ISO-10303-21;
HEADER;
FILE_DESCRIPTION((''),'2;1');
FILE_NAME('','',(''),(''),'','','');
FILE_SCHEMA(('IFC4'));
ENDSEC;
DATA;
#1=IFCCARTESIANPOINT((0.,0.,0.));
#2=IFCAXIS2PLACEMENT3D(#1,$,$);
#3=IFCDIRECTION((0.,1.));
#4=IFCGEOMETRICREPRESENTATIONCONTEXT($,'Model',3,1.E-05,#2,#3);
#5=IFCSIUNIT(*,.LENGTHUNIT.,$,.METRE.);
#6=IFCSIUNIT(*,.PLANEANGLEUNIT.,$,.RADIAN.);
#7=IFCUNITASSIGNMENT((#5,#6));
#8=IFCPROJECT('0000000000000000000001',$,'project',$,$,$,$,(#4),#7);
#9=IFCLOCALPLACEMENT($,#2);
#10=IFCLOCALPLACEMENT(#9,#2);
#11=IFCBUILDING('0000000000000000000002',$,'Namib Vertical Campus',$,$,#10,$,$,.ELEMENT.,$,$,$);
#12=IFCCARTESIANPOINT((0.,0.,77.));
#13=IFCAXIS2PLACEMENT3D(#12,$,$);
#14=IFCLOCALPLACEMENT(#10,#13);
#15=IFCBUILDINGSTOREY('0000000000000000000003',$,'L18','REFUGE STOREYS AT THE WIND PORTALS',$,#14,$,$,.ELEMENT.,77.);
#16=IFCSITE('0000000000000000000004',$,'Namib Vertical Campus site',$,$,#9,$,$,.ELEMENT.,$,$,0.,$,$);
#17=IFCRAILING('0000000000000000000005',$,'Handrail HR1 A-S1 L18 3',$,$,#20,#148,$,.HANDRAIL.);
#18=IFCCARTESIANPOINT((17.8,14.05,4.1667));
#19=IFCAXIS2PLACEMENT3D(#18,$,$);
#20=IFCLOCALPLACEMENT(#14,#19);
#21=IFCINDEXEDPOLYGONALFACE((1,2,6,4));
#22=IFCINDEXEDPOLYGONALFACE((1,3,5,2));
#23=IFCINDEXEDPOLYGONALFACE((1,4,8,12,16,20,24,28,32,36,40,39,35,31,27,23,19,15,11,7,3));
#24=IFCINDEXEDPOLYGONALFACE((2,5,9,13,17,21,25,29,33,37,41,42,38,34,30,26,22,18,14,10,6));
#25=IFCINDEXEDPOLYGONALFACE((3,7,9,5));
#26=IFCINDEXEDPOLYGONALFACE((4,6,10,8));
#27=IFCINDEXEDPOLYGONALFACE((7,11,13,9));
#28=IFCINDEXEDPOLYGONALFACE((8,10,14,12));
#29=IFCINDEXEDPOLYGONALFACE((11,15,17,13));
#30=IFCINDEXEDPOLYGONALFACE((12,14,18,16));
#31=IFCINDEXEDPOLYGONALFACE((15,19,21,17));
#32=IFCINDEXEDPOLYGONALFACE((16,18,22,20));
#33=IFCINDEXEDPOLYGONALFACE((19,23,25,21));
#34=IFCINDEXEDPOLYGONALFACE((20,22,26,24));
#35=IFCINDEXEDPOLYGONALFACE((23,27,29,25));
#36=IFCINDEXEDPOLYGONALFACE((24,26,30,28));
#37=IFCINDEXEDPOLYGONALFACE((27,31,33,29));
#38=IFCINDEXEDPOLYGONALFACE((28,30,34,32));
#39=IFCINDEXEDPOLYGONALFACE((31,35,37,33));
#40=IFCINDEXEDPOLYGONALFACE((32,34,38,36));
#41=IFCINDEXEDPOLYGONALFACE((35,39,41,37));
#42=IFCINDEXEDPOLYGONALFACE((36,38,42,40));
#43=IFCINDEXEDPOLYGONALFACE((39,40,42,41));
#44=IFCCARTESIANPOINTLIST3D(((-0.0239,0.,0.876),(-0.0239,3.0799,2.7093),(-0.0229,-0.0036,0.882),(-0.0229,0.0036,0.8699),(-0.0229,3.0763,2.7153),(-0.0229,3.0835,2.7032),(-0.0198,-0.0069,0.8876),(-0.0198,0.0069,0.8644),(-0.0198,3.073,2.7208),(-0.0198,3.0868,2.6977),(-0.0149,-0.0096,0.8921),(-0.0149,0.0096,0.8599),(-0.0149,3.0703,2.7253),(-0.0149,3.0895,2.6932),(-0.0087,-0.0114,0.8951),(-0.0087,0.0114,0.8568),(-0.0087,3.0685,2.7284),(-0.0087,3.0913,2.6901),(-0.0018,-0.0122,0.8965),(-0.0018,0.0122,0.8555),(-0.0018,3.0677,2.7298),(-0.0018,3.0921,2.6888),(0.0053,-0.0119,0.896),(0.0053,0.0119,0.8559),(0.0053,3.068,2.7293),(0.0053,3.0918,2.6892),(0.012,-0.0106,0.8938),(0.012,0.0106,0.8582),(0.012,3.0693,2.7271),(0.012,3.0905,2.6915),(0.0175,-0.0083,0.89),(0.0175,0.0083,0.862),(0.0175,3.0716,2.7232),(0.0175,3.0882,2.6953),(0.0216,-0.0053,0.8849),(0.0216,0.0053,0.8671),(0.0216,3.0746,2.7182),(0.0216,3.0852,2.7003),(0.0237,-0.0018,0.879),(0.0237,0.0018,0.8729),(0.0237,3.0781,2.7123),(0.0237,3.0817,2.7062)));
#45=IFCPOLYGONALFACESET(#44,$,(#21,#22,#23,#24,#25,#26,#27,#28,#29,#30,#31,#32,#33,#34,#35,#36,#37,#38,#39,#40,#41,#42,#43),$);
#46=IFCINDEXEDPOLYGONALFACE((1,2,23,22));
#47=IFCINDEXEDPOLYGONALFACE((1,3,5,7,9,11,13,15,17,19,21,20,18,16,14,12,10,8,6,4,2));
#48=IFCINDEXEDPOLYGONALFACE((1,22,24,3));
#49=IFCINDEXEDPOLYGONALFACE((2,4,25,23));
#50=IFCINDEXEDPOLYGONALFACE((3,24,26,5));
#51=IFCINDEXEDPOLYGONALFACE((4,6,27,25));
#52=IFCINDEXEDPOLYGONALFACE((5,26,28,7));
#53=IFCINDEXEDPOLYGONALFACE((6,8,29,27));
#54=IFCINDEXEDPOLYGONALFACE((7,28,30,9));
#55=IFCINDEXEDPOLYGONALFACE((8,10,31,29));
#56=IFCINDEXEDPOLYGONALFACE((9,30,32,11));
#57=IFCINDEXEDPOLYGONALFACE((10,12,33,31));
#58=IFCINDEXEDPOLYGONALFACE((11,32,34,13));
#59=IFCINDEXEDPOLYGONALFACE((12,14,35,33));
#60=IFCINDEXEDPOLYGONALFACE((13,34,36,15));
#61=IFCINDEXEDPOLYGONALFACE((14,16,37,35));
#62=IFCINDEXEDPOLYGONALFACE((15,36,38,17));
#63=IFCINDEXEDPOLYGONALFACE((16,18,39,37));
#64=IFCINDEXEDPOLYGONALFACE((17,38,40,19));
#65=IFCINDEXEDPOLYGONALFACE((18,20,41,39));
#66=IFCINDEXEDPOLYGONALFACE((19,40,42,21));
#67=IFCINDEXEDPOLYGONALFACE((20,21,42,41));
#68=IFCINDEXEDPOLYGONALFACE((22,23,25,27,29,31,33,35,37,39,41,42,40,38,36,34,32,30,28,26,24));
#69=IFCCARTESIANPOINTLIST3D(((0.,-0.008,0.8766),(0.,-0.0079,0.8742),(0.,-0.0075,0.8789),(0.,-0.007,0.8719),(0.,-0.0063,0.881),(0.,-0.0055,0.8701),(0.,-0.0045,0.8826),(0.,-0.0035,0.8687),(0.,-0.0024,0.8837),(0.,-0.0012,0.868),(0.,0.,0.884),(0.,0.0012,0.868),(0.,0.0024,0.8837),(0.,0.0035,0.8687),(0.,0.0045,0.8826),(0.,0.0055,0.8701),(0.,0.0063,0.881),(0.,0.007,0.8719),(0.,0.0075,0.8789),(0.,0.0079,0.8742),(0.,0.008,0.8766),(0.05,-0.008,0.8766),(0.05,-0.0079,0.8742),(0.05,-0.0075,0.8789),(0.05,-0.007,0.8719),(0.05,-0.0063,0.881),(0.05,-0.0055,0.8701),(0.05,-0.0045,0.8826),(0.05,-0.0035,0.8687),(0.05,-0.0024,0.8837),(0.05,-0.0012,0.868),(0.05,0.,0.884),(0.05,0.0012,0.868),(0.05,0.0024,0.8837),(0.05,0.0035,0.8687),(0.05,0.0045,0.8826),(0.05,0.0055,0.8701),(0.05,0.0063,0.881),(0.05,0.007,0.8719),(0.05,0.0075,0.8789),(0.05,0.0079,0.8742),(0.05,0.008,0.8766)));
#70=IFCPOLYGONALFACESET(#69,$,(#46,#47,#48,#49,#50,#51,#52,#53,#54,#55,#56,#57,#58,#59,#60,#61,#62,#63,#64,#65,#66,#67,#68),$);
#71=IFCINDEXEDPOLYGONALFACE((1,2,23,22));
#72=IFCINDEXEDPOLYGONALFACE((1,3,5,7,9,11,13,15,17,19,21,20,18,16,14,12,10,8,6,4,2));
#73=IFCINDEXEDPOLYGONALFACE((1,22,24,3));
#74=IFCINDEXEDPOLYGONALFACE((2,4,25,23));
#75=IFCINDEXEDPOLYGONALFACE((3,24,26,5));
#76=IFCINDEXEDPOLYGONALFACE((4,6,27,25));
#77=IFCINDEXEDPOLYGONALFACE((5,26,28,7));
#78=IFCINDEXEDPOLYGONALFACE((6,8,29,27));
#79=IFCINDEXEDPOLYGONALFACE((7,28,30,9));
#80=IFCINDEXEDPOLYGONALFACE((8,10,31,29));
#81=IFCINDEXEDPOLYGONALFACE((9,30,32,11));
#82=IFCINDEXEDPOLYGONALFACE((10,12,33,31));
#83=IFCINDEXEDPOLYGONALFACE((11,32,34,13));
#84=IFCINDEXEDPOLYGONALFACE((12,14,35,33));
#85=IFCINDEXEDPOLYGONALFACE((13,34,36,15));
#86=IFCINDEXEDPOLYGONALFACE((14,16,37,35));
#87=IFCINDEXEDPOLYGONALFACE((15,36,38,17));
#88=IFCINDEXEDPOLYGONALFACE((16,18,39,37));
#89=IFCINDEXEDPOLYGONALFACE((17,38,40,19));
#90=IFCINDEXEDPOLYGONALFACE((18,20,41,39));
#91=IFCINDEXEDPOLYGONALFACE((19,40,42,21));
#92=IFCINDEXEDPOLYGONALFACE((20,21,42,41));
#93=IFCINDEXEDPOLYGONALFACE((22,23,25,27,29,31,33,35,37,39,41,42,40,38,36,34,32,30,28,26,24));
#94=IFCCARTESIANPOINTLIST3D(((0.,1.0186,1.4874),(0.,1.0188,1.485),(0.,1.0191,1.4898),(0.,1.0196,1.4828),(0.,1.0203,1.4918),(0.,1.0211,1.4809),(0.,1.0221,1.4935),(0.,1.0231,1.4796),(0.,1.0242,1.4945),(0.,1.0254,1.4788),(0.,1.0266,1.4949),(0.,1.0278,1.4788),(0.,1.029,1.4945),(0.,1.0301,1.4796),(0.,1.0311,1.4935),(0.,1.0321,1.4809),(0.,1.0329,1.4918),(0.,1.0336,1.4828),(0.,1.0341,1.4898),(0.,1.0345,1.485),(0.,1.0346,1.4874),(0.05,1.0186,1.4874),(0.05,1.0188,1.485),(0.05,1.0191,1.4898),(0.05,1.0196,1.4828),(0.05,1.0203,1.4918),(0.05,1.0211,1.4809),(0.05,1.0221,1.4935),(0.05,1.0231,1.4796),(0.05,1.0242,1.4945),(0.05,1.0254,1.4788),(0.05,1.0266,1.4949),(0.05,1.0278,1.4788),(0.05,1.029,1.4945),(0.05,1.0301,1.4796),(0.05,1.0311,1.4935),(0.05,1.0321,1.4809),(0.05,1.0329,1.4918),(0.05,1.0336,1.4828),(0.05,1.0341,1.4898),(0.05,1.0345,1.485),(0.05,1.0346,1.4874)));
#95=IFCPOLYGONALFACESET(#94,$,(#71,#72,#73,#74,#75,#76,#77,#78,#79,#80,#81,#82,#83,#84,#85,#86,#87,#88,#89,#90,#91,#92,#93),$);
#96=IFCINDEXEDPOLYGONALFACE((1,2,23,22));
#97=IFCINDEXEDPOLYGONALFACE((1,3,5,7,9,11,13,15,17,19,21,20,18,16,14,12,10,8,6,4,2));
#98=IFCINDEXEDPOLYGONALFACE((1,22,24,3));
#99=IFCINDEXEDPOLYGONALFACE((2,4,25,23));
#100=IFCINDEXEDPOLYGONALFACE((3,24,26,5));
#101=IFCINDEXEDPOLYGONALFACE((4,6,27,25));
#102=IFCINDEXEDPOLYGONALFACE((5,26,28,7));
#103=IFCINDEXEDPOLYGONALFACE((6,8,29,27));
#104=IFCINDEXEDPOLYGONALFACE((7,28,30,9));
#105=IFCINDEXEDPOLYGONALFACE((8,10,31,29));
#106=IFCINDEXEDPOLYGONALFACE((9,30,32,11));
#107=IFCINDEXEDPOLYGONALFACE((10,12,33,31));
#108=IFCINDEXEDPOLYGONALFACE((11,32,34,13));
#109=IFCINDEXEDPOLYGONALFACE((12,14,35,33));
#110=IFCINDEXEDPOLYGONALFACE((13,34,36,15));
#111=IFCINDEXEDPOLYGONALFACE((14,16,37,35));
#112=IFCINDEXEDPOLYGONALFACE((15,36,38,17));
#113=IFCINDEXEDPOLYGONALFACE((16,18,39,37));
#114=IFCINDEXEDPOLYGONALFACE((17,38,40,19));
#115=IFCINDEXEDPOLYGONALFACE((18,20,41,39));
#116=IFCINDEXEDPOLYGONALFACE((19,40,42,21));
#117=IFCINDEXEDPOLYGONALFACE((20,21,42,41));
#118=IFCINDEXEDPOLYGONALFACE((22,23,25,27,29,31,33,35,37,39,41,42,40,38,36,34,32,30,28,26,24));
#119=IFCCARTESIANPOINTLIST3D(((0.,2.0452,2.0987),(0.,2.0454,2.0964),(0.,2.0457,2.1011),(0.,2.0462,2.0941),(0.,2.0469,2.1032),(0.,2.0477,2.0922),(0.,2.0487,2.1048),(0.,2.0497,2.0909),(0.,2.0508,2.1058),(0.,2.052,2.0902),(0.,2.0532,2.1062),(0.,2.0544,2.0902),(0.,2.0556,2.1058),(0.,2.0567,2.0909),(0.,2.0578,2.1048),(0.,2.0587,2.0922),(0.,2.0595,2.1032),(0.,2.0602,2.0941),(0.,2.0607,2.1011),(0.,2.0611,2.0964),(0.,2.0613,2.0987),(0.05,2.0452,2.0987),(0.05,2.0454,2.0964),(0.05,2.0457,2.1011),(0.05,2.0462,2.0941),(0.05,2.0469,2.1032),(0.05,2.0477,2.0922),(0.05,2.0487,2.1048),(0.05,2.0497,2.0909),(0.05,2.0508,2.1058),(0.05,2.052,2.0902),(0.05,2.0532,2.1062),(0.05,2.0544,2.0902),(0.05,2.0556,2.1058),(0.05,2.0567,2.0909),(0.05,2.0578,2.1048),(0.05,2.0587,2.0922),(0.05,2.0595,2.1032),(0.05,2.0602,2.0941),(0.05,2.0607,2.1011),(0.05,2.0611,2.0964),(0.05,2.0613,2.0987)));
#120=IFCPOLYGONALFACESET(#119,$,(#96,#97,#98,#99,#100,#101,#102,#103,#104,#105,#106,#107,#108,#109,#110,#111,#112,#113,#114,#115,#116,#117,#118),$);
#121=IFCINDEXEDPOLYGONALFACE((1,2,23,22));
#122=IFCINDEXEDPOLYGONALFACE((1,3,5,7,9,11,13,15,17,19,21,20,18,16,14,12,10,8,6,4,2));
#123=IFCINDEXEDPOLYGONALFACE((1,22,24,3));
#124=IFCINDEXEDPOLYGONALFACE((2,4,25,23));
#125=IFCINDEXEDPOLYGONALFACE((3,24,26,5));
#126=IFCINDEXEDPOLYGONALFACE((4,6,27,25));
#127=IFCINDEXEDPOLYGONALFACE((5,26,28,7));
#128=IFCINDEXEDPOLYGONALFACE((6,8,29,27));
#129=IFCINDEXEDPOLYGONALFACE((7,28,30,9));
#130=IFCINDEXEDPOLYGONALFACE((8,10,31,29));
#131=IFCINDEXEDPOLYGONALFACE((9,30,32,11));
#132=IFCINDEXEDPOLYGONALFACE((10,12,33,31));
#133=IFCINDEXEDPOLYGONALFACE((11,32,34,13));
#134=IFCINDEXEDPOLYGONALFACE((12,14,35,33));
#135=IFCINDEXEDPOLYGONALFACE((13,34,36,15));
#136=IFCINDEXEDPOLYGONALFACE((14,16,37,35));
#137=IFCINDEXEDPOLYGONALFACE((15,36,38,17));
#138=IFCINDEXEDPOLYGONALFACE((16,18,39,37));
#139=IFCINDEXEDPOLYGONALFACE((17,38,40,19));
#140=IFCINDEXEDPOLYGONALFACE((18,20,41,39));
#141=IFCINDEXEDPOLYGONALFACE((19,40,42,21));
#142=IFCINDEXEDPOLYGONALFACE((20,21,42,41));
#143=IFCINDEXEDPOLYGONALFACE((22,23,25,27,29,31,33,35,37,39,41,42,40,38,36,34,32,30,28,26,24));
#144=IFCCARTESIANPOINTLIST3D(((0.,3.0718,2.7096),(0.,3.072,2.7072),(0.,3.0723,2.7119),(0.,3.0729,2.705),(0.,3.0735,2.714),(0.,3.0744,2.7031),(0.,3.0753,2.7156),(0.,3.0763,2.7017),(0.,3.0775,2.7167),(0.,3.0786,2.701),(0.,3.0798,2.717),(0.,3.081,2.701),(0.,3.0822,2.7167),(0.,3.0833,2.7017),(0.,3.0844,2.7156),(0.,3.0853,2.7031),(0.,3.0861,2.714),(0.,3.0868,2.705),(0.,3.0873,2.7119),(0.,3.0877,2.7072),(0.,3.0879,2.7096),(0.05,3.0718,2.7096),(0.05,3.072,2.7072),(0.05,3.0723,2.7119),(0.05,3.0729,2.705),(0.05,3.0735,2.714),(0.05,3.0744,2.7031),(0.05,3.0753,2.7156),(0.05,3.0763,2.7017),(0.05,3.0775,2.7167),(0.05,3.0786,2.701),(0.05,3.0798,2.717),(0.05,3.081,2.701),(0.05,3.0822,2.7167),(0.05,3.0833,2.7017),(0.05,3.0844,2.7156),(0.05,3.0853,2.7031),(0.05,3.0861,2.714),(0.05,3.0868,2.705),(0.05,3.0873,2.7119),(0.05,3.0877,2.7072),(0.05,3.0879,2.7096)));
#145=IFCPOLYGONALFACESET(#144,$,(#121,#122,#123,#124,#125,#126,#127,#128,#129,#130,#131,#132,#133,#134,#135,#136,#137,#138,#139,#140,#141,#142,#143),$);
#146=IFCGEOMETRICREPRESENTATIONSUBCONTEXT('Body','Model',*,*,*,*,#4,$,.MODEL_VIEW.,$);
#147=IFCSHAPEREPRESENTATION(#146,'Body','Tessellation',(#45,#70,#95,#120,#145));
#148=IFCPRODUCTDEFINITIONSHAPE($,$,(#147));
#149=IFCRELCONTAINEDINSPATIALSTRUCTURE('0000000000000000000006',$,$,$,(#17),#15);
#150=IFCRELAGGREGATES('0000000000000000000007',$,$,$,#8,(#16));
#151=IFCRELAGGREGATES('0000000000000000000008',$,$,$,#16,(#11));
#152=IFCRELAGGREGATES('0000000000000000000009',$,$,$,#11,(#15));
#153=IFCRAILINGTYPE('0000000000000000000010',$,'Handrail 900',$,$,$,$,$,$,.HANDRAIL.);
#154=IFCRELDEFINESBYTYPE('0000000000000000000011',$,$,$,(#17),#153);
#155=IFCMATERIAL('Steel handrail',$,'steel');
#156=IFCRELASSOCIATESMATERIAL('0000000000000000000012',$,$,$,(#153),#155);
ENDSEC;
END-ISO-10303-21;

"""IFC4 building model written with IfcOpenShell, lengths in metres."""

from ifc_helpers import new_model, si_unit, direction, frame, origin, origin_2d, place, context, subcontext, project, spatial, circle, extrude, material, type_object, element, save


model = new_model("IFC4")

# Units and contexts
model_context = context("Model", 3, precision=1e-05, world=origin(), true_north=direction((0.0, 1.0)))
body_context = subcontext(model_context, "Body", "Model", "MODEL_VIEW")
ifc_project = project(units=[si_unit("LENGTHUNIT", "METRE"), si_unit("PLANEANGLEUNIT", "RADIAN")], contexts=[model_context])

# Site, building, storey
site_placement = place(None, origin())
site = spatial("IfcSite", under=ifc_project, at=site_placement, Name="Namib Vertical Campus site", CompositionType="ELEMENT", RefElevation=0.0)
building_placement = place(site_placement, origin())
building = spatial("IfcBuilding", under=site, at=building_placement, Name="Namib Vertical Campus", CompositionType="ELEMENT")
storey_placement = place(building_placement, frame((0.0, 0.0, 77.0)))
storey = spatial("IfcBuildingStorey", under=building, at=storey_placement, Name="L18", Description="REFUGE STOREYS AT THE WIND PORTALS", CompositionType="ELEMENT", Elevation=77.0)

# Railing
ifc_material_1 = material(Name="Steel handrail", Category="steel")
railing_type_1 = type_object("IfcRailingType", Name="Handrail 900", PredefinedType="HANDRAIL", material=ifc_material_1)
railing_1_placement = place(storey_placement, frame((17.8, 14.05, 4.1667)))
element("IfcRailing", 1, at=railing_1_placement, inside=storey, type_object=railing_type_1, Name="Handrail HR1 A-S1 L18 3", PredefinedType="HANDRAIL", context=body_context, shape_type="SweptSolid", body=[
    extrude(circle(Radius=0.0239, at=origin_2d()), frame((0.0, 0.0, 0.876), z_axis=(0.0, 0.859291, 0.511487), x_axis=(-1.0, 0.0, 0.0)), (0.0, 0.0, 1.0), 3.5842),
    extrude(circle(Radius=0.0081, at=origin_2d()), frame((0.0, 0.0, 0.876), z_axis=(1.0, 0.0, 0.0), x_axis=(0.0, 0.0, 1.0)), (0.0, 0.0, 1.0), 0.05),
    extrude(circle(Radius=0.0081, at=origin_2d()), frame((0.0, 1.0266, 1.4868), z_axis=(1.0, 0.0, 0.0), x_axis=(0.0, 0.0, 1.0)), (0.0, 0.0, 1.0), 0.05),
    extrude(circle(Radius=0.0081, at=origin_2d()), frame((0.0, 2.0532, 2.0981), z_axis=(1.0, 0.0, 0.0), x_axis=(0.0, 0.0, 1.0)), (0.0, 0.0, 1.0), 0.05),
    extrude(circle(Radius=0.0081, at=origin_2d()), frame((0.0, 3.0798, 2.709), z_axis=(1.0, 0.0, 0.0), x_axis=(0.0, 0.0, 1.0)), (0.0, 0.0, 1.0), 0.05),
])

save(model, "model.ifc")
